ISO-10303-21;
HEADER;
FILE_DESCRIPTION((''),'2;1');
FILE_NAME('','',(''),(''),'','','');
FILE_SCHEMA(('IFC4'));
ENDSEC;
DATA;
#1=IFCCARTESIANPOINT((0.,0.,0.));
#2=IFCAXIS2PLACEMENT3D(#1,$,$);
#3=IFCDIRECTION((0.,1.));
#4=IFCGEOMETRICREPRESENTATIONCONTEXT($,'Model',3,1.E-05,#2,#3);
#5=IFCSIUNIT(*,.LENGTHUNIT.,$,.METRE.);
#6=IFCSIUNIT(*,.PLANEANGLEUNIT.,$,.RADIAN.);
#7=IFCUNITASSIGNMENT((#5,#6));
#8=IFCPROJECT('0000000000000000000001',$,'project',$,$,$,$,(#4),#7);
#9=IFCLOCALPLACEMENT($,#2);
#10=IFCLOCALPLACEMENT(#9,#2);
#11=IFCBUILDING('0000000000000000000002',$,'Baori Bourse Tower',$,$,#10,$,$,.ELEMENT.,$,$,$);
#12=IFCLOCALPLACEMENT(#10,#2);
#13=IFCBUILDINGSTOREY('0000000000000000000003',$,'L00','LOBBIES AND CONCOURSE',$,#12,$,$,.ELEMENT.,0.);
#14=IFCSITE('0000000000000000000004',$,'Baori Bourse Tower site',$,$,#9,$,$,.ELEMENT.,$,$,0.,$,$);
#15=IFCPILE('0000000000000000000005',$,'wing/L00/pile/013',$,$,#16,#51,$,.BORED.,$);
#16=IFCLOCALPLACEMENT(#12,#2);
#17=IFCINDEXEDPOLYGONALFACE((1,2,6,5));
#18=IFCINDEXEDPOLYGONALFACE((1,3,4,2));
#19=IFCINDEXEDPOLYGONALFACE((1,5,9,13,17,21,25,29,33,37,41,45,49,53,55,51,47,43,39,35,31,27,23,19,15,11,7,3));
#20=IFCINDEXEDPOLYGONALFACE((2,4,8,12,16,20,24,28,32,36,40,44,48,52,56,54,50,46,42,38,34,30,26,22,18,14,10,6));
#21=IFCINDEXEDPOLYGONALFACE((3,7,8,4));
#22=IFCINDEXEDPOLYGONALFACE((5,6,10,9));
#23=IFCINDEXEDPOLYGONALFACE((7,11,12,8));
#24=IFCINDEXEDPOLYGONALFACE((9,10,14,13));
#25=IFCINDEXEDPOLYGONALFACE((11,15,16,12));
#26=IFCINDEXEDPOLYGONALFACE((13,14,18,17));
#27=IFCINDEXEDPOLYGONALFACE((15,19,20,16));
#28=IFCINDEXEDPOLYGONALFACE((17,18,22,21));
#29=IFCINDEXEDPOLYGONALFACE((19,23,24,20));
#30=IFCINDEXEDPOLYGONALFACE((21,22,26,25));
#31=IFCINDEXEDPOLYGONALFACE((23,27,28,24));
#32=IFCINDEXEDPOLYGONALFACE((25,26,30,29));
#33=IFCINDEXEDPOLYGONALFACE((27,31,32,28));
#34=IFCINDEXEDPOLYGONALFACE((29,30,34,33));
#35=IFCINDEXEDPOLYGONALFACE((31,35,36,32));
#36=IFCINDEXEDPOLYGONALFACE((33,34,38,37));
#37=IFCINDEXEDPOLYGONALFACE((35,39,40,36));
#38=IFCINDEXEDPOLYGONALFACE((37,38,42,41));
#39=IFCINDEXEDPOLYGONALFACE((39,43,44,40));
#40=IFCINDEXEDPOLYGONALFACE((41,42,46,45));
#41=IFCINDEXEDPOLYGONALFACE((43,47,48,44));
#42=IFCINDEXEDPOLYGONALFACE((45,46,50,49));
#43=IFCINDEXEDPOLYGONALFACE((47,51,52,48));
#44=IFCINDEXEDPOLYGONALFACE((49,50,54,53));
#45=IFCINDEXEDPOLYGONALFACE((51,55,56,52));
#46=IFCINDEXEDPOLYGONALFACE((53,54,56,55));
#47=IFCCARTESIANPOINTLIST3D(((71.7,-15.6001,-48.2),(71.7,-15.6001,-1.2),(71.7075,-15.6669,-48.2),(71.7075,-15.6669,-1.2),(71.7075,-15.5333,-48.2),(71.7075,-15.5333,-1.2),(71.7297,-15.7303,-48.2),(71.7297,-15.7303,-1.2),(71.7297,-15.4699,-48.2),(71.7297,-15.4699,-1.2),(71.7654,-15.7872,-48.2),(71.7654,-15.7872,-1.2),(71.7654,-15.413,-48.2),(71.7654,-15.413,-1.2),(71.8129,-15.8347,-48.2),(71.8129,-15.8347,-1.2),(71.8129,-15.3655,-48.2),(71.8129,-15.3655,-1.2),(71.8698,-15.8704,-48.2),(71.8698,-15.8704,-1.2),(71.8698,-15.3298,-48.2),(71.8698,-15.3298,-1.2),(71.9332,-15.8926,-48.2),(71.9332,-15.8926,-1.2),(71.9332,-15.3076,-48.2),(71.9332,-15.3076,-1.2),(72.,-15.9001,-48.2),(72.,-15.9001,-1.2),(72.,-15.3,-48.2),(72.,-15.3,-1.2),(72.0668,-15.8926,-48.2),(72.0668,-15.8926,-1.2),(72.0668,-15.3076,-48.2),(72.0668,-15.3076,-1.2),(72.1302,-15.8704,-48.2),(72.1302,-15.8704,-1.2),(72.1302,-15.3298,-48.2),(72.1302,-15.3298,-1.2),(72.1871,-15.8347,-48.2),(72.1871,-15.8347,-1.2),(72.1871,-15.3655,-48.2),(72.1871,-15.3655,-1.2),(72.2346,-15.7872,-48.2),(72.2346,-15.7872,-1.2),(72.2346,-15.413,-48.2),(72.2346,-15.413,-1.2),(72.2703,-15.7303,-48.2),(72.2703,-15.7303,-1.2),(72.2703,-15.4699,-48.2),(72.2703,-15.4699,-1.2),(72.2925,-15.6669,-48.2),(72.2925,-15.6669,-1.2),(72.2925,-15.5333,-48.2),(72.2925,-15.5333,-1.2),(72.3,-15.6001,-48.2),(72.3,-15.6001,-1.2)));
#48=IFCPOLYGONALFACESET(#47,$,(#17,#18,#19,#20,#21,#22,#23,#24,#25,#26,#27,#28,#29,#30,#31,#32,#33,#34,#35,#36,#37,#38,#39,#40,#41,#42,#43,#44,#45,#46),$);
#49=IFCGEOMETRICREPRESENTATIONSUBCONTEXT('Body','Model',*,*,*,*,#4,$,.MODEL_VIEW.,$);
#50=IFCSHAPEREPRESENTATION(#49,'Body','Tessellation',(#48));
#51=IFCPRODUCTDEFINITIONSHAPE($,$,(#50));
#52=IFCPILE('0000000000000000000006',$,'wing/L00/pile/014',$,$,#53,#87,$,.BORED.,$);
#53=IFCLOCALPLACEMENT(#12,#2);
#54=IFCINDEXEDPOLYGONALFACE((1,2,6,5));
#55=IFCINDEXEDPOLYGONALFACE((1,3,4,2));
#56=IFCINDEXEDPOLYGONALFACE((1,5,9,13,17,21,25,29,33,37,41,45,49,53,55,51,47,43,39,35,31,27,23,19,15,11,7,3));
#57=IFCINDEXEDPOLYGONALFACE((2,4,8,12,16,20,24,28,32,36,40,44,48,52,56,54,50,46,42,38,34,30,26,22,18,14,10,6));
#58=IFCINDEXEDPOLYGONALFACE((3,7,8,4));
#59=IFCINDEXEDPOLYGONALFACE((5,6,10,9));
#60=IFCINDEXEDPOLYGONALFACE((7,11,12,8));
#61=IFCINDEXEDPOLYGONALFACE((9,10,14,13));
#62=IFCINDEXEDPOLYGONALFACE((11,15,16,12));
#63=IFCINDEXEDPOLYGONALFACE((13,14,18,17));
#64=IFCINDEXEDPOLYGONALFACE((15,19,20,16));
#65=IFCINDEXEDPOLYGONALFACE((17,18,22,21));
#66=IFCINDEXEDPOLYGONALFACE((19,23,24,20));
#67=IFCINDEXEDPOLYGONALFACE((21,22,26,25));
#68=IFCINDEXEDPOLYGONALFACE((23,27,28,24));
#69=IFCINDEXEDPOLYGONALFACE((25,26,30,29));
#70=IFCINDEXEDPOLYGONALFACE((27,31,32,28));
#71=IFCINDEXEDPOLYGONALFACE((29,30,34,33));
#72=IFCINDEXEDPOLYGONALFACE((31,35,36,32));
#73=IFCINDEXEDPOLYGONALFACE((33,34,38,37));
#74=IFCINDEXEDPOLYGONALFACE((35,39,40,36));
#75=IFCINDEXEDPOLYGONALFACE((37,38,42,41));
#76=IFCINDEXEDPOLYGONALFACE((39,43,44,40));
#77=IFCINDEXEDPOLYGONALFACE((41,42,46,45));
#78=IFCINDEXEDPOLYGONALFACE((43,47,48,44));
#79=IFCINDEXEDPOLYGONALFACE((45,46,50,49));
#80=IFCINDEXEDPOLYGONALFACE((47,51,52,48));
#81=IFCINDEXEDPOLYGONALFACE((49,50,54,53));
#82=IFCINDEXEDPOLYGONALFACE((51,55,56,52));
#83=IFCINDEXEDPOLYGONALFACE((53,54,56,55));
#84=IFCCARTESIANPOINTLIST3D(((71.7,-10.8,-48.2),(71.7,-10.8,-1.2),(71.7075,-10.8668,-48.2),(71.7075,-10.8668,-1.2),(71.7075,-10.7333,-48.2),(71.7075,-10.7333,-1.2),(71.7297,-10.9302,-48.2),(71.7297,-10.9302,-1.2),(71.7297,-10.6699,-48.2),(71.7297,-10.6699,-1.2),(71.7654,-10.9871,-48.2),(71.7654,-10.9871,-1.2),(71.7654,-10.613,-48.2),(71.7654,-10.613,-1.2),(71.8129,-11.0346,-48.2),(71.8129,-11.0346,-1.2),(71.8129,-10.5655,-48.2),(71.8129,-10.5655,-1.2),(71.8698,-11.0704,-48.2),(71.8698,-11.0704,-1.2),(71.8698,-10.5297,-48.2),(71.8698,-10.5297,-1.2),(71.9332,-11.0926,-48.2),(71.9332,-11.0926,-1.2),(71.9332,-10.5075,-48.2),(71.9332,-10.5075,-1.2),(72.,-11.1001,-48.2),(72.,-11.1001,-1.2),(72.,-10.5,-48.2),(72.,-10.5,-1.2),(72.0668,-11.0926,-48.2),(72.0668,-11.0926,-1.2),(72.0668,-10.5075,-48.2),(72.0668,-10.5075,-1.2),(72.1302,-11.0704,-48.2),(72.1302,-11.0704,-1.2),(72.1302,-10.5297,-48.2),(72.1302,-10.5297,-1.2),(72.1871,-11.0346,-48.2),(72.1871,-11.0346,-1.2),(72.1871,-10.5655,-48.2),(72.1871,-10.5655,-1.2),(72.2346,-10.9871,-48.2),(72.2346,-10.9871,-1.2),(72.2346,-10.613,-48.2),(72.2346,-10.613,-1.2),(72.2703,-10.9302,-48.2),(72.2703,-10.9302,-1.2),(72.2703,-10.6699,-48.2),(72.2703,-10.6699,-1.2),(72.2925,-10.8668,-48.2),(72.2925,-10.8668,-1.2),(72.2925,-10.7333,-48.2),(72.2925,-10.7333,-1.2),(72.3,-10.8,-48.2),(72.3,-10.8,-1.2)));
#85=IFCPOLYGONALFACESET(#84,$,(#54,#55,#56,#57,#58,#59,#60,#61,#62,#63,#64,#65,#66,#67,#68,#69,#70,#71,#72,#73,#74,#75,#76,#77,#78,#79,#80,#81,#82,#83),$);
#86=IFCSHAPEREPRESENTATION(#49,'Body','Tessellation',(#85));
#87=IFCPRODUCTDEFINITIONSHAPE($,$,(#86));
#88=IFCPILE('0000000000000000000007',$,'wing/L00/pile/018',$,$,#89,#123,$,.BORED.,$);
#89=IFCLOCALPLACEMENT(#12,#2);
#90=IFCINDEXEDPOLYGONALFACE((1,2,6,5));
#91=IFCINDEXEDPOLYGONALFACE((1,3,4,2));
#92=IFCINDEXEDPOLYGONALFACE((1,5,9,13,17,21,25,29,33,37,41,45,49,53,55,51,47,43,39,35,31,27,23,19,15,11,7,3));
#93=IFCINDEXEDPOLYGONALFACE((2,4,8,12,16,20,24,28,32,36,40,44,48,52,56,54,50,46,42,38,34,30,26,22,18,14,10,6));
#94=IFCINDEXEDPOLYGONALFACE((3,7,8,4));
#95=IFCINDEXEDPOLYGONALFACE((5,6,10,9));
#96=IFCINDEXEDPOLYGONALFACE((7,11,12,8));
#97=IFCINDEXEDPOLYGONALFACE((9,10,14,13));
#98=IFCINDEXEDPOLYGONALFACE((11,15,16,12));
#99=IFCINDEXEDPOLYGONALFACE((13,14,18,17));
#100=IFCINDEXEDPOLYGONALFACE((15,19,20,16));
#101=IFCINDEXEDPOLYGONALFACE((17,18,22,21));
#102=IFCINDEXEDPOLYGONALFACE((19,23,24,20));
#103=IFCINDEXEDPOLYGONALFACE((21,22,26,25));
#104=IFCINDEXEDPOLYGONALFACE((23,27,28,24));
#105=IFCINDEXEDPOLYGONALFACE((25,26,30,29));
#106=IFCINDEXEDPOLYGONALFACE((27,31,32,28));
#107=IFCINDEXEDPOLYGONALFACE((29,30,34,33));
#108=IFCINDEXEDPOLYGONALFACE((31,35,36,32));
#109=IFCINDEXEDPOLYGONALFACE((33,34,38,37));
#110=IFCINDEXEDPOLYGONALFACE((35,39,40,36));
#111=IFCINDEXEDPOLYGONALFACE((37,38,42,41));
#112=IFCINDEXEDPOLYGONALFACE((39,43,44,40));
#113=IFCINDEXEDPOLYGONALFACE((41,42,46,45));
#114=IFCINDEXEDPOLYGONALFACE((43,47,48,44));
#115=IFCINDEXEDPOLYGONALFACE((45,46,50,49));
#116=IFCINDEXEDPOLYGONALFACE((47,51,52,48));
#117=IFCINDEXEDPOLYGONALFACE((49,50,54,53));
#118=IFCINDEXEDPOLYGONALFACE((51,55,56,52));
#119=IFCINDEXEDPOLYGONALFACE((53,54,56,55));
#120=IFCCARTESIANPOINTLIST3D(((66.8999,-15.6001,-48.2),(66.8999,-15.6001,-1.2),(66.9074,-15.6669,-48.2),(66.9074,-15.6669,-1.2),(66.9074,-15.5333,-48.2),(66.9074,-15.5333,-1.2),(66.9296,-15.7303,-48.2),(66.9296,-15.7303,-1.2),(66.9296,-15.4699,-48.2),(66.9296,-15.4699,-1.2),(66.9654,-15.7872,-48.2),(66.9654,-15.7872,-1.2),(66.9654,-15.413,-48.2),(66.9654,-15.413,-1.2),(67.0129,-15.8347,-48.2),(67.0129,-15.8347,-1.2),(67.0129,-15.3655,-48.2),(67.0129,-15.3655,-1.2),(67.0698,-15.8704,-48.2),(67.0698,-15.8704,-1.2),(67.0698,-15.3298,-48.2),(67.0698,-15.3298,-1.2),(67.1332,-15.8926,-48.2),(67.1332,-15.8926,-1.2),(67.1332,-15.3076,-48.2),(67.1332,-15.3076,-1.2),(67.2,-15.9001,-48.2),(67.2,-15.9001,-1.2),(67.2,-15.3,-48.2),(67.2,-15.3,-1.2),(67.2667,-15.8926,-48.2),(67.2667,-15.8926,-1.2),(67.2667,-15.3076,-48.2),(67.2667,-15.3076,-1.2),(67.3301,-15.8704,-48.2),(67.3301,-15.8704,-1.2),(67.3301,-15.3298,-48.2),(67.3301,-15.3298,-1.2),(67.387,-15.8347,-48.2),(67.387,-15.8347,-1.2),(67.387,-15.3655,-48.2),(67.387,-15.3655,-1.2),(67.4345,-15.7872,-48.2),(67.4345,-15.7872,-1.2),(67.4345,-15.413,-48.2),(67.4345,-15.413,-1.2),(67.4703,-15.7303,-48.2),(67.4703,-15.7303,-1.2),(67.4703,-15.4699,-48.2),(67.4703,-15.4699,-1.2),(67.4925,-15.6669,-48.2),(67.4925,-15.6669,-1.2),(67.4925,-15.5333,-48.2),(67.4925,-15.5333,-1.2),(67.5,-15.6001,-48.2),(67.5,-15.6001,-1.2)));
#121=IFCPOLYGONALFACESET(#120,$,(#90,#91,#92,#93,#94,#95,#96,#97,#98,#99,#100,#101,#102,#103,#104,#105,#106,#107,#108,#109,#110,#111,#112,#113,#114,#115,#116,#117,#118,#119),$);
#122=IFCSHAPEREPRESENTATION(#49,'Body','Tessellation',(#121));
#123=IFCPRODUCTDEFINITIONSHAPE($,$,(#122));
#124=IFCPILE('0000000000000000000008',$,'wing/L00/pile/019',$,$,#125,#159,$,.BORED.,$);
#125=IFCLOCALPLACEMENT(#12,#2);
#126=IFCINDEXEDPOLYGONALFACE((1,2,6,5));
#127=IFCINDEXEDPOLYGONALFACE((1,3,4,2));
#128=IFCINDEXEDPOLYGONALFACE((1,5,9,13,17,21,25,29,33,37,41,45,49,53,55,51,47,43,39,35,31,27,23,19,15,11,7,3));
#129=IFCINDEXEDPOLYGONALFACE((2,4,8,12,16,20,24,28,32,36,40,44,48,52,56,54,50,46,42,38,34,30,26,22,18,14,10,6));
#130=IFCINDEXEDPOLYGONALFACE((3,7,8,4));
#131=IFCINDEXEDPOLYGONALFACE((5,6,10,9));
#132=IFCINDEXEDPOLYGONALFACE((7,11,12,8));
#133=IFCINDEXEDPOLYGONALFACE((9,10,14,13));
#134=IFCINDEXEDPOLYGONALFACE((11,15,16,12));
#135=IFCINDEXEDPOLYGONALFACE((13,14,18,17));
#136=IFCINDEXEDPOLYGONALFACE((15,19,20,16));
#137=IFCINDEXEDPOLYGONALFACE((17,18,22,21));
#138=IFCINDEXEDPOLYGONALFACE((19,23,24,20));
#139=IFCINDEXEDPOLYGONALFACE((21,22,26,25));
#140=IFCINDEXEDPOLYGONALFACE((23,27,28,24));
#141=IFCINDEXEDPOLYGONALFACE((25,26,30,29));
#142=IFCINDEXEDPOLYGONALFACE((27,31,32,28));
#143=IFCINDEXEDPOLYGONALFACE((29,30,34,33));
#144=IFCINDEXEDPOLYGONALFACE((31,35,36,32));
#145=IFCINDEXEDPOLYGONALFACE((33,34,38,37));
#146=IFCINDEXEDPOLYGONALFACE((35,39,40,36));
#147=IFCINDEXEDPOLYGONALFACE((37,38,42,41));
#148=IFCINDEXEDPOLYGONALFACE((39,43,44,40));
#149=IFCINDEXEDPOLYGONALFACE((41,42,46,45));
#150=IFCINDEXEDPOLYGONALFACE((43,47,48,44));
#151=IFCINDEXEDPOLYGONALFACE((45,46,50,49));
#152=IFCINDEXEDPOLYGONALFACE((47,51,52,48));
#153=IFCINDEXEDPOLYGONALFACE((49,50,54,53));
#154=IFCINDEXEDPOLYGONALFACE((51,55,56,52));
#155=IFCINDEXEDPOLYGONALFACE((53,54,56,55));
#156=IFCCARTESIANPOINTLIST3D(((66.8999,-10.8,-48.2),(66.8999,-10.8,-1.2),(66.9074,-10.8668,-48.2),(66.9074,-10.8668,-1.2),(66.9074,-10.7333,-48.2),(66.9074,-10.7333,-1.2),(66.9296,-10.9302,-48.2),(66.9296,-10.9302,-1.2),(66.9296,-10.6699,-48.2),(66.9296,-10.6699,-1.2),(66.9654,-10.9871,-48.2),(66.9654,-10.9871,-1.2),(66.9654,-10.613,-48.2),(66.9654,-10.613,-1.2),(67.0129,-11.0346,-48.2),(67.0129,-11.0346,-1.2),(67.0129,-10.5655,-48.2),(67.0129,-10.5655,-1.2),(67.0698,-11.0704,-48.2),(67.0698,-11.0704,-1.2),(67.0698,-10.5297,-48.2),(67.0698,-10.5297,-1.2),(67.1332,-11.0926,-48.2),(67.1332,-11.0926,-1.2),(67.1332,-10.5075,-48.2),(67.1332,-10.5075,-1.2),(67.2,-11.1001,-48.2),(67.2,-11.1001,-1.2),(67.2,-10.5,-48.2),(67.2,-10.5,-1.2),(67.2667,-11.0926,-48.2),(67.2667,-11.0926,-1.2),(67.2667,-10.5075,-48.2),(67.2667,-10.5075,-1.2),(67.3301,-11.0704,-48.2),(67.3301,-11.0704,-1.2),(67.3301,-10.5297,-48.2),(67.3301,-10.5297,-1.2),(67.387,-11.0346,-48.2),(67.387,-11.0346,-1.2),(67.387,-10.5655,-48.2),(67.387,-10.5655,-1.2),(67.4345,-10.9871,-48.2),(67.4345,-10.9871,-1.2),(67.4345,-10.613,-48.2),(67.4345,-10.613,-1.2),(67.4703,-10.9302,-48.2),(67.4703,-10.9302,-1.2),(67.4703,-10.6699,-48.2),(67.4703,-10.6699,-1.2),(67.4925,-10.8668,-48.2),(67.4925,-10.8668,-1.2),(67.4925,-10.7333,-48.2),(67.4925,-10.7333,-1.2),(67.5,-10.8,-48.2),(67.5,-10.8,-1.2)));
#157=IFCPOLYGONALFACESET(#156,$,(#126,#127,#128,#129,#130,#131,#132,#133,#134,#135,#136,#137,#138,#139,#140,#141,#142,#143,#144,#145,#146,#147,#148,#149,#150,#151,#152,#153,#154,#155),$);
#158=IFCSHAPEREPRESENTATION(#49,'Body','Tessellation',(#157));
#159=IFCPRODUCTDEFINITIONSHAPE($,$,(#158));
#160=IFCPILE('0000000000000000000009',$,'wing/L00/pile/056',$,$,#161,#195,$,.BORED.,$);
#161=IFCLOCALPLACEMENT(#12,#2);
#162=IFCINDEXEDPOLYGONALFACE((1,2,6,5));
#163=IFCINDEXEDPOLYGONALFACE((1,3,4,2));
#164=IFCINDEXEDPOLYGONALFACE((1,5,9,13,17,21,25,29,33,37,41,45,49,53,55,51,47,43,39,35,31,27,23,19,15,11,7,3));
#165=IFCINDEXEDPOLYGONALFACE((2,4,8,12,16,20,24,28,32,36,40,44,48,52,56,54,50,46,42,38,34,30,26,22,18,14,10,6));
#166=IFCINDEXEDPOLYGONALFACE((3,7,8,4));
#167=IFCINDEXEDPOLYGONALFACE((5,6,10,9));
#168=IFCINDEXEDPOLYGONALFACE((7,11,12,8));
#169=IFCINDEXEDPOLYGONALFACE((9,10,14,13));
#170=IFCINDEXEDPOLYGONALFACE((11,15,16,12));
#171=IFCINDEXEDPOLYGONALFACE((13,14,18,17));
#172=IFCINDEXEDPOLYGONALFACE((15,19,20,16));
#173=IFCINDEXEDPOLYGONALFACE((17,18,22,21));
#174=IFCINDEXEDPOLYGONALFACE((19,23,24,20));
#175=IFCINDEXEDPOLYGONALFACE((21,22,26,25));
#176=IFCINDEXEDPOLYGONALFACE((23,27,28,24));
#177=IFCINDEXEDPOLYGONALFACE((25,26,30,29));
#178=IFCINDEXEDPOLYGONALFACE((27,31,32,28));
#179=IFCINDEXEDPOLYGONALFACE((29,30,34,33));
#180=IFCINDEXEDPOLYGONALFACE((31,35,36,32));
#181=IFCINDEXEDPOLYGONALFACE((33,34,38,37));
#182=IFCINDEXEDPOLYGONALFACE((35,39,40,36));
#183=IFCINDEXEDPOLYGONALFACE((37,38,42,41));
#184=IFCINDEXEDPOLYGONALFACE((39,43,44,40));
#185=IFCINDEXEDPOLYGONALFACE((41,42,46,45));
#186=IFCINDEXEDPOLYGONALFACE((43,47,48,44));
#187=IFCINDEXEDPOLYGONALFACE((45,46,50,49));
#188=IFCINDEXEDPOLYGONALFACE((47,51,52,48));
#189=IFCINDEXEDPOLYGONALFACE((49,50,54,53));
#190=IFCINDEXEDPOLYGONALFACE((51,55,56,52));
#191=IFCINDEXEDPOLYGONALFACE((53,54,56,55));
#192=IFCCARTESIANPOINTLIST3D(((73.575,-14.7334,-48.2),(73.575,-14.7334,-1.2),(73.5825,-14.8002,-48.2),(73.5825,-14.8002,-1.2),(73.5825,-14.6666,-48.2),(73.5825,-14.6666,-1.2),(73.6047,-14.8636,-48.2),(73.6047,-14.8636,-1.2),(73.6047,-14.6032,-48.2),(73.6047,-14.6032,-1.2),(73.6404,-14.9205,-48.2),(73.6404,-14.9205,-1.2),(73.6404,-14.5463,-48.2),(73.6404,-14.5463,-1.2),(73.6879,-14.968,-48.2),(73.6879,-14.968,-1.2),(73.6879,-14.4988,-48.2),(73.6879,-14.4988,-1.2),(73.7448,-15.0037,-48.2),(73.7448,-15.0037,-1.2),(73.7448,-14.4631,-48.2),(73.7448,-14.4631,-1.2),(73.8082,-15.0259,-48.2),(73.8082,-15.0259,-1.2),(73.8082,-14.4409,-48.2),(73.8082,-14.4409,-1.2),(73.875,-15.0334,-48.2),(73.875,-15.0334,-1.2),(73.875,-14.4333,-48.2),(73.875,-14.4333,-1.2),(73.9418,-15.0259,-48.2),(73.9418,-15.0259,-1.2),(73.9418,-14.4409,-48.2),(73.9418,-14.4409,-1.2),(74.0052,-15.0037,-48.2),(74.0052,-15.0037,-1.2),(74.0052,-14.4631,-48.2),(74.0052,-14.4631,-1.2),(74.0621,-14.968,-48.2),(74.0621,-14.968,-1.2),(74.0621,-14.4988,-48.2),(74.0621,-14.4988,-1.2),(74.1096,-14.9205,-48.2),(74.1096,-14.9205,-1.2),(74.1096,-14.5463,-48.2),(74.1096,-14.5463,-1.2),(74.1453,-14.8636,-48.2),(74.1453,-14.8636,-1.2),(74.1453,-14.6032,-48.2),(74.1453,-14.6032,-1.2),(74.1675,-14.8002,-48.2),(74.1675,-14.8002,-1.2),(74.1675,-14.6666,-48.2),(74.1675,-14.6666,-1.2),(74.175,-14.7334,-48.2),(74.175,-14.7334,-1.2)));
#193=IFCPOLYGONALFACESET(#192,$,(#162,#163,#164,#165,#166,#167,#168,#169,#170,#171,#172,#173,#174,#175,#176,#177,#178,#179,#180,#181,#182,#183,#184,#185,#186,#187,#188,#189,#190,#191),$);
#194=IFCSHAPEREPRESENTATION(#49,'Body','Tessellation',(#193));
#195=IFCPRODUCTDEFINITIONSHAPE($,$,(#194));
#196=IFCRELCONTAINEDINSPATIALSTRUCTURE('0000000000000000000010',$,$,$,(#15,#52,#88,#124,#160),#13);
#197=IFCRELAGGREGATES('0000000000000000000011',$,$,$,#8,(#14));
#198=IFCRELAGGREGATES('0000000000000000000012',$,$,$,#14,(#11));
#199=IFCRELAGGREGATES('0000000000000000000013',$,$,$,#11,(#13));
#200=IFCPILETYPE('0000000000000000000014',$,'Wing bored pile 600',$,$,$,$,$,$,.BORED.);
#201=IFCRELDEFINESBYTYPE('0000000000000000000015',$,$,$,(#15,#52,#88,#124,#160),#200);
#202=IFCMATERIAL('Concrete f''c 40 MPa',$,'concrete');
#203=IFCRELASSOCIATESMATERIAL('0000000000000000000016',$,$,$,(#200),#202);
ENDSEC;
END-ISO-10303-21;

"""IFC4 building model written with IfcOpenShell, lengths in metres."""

from ifc_helpers import new_model, si_unit, direction, frame, origin, origin_2d, place, context, subcontext, project, spatial, circle, extrude, material, material_profile, profile_set, type_object, element, save


model = new_model("IFC4")

# Units and contexts
model_context = context("Model", 3, precision=1e-05, world=origin(), true_north=direction((0.0, 1.0)))
body_context = subcontext(model_context, "Body", "Model", "MODEL_VIEW")
ifc_project = project(units=[si_unit("LENGTHUNIT", "METRE"), si_unit("PLANEANGLEUNIT", "RADIAN")], contexts=[model_context])

# Site, building, storey
site_placement = place(None, origin())
site = spatial("IfcSite", under=ifc_project, at=site_placement, Name="Baori Bourse Tower site", CompositionType="ELEMENT", RefElevation=0.0)
building_placement = place(site_placement, origin())
building = spatial("IfcBuilding", under=site, at=building_placement, Name="Baori Bourse Tower", CompositionType="ELEMENT")
storey_placement = place(building_placement, origin())
storey = spatial("IfcBuildingStorey", under=building, at=storey_placement, Name="L00", Description="LOBBIES AND CONCOURSE", CompositionType="ELEMENT", Elevation=0.0)

# Piles
ifc_material_1 = material(Name="Concrete f'c 40 MPa", Category="concrete")
ifc_material_profile_1 = material_profile(ifc_material_1, circle(Radius=0.3, at=origin_2d()), Name="Wing bored pile 600")
ifc_profile_set_1 = profile_set([ifc_material_profile_1], Name="Concrete f'c 40 MPa")
pile_type = type_object("IfcPileType", Name="Wing bored pile 600", PredefinedType="BORED", material=ifc_profile_set_1)
for number, where, z_axis, x_axis, name in (
    (1, (72.0, -15.6001, -1.2), (0.0, 0.0, -1.0), (1.0, 0.0, 0.0), "wing/L00/pile/013"),
    (2, (72.0, -10.8, -1.2), (0.0, 0.0, -1.0), (1.0, 0.0, 0.0), "wing/L00/pile/014"),
    (3, (67.2, -15.6001, -1.2), (0.0, 0.0, -1.0), (1.0, 0.0, 0.0), "wing/L00/pile/018"),
    (4, (67.2, -10.8, -1.2), (0.0, 0.0, -1.0), (1.0, 0.0, 0.0), "wing/L00/pile/019"),
    (5, (73.875, -14.7334, -1.2), (0.0, 0.0, -1.0), (1.0, 0.0, 0.0), "wing/L00/pile/056"),
):
    element("IfcPile", number, at=place(storey_placement, frame(where, z_axis=z_axis, x_axis=x_axis)), inside=storey, type_object=pile_type, Name=name, PredefinedType="BORED", context=body_context, shape_type="SweptSolid", body=[
        extrude(circle(Radius=0.3, at=origin_2d()), origin(), (0.0, 0.0, 1.0), 47.0),
    ])

save(model, "model.ifc")
